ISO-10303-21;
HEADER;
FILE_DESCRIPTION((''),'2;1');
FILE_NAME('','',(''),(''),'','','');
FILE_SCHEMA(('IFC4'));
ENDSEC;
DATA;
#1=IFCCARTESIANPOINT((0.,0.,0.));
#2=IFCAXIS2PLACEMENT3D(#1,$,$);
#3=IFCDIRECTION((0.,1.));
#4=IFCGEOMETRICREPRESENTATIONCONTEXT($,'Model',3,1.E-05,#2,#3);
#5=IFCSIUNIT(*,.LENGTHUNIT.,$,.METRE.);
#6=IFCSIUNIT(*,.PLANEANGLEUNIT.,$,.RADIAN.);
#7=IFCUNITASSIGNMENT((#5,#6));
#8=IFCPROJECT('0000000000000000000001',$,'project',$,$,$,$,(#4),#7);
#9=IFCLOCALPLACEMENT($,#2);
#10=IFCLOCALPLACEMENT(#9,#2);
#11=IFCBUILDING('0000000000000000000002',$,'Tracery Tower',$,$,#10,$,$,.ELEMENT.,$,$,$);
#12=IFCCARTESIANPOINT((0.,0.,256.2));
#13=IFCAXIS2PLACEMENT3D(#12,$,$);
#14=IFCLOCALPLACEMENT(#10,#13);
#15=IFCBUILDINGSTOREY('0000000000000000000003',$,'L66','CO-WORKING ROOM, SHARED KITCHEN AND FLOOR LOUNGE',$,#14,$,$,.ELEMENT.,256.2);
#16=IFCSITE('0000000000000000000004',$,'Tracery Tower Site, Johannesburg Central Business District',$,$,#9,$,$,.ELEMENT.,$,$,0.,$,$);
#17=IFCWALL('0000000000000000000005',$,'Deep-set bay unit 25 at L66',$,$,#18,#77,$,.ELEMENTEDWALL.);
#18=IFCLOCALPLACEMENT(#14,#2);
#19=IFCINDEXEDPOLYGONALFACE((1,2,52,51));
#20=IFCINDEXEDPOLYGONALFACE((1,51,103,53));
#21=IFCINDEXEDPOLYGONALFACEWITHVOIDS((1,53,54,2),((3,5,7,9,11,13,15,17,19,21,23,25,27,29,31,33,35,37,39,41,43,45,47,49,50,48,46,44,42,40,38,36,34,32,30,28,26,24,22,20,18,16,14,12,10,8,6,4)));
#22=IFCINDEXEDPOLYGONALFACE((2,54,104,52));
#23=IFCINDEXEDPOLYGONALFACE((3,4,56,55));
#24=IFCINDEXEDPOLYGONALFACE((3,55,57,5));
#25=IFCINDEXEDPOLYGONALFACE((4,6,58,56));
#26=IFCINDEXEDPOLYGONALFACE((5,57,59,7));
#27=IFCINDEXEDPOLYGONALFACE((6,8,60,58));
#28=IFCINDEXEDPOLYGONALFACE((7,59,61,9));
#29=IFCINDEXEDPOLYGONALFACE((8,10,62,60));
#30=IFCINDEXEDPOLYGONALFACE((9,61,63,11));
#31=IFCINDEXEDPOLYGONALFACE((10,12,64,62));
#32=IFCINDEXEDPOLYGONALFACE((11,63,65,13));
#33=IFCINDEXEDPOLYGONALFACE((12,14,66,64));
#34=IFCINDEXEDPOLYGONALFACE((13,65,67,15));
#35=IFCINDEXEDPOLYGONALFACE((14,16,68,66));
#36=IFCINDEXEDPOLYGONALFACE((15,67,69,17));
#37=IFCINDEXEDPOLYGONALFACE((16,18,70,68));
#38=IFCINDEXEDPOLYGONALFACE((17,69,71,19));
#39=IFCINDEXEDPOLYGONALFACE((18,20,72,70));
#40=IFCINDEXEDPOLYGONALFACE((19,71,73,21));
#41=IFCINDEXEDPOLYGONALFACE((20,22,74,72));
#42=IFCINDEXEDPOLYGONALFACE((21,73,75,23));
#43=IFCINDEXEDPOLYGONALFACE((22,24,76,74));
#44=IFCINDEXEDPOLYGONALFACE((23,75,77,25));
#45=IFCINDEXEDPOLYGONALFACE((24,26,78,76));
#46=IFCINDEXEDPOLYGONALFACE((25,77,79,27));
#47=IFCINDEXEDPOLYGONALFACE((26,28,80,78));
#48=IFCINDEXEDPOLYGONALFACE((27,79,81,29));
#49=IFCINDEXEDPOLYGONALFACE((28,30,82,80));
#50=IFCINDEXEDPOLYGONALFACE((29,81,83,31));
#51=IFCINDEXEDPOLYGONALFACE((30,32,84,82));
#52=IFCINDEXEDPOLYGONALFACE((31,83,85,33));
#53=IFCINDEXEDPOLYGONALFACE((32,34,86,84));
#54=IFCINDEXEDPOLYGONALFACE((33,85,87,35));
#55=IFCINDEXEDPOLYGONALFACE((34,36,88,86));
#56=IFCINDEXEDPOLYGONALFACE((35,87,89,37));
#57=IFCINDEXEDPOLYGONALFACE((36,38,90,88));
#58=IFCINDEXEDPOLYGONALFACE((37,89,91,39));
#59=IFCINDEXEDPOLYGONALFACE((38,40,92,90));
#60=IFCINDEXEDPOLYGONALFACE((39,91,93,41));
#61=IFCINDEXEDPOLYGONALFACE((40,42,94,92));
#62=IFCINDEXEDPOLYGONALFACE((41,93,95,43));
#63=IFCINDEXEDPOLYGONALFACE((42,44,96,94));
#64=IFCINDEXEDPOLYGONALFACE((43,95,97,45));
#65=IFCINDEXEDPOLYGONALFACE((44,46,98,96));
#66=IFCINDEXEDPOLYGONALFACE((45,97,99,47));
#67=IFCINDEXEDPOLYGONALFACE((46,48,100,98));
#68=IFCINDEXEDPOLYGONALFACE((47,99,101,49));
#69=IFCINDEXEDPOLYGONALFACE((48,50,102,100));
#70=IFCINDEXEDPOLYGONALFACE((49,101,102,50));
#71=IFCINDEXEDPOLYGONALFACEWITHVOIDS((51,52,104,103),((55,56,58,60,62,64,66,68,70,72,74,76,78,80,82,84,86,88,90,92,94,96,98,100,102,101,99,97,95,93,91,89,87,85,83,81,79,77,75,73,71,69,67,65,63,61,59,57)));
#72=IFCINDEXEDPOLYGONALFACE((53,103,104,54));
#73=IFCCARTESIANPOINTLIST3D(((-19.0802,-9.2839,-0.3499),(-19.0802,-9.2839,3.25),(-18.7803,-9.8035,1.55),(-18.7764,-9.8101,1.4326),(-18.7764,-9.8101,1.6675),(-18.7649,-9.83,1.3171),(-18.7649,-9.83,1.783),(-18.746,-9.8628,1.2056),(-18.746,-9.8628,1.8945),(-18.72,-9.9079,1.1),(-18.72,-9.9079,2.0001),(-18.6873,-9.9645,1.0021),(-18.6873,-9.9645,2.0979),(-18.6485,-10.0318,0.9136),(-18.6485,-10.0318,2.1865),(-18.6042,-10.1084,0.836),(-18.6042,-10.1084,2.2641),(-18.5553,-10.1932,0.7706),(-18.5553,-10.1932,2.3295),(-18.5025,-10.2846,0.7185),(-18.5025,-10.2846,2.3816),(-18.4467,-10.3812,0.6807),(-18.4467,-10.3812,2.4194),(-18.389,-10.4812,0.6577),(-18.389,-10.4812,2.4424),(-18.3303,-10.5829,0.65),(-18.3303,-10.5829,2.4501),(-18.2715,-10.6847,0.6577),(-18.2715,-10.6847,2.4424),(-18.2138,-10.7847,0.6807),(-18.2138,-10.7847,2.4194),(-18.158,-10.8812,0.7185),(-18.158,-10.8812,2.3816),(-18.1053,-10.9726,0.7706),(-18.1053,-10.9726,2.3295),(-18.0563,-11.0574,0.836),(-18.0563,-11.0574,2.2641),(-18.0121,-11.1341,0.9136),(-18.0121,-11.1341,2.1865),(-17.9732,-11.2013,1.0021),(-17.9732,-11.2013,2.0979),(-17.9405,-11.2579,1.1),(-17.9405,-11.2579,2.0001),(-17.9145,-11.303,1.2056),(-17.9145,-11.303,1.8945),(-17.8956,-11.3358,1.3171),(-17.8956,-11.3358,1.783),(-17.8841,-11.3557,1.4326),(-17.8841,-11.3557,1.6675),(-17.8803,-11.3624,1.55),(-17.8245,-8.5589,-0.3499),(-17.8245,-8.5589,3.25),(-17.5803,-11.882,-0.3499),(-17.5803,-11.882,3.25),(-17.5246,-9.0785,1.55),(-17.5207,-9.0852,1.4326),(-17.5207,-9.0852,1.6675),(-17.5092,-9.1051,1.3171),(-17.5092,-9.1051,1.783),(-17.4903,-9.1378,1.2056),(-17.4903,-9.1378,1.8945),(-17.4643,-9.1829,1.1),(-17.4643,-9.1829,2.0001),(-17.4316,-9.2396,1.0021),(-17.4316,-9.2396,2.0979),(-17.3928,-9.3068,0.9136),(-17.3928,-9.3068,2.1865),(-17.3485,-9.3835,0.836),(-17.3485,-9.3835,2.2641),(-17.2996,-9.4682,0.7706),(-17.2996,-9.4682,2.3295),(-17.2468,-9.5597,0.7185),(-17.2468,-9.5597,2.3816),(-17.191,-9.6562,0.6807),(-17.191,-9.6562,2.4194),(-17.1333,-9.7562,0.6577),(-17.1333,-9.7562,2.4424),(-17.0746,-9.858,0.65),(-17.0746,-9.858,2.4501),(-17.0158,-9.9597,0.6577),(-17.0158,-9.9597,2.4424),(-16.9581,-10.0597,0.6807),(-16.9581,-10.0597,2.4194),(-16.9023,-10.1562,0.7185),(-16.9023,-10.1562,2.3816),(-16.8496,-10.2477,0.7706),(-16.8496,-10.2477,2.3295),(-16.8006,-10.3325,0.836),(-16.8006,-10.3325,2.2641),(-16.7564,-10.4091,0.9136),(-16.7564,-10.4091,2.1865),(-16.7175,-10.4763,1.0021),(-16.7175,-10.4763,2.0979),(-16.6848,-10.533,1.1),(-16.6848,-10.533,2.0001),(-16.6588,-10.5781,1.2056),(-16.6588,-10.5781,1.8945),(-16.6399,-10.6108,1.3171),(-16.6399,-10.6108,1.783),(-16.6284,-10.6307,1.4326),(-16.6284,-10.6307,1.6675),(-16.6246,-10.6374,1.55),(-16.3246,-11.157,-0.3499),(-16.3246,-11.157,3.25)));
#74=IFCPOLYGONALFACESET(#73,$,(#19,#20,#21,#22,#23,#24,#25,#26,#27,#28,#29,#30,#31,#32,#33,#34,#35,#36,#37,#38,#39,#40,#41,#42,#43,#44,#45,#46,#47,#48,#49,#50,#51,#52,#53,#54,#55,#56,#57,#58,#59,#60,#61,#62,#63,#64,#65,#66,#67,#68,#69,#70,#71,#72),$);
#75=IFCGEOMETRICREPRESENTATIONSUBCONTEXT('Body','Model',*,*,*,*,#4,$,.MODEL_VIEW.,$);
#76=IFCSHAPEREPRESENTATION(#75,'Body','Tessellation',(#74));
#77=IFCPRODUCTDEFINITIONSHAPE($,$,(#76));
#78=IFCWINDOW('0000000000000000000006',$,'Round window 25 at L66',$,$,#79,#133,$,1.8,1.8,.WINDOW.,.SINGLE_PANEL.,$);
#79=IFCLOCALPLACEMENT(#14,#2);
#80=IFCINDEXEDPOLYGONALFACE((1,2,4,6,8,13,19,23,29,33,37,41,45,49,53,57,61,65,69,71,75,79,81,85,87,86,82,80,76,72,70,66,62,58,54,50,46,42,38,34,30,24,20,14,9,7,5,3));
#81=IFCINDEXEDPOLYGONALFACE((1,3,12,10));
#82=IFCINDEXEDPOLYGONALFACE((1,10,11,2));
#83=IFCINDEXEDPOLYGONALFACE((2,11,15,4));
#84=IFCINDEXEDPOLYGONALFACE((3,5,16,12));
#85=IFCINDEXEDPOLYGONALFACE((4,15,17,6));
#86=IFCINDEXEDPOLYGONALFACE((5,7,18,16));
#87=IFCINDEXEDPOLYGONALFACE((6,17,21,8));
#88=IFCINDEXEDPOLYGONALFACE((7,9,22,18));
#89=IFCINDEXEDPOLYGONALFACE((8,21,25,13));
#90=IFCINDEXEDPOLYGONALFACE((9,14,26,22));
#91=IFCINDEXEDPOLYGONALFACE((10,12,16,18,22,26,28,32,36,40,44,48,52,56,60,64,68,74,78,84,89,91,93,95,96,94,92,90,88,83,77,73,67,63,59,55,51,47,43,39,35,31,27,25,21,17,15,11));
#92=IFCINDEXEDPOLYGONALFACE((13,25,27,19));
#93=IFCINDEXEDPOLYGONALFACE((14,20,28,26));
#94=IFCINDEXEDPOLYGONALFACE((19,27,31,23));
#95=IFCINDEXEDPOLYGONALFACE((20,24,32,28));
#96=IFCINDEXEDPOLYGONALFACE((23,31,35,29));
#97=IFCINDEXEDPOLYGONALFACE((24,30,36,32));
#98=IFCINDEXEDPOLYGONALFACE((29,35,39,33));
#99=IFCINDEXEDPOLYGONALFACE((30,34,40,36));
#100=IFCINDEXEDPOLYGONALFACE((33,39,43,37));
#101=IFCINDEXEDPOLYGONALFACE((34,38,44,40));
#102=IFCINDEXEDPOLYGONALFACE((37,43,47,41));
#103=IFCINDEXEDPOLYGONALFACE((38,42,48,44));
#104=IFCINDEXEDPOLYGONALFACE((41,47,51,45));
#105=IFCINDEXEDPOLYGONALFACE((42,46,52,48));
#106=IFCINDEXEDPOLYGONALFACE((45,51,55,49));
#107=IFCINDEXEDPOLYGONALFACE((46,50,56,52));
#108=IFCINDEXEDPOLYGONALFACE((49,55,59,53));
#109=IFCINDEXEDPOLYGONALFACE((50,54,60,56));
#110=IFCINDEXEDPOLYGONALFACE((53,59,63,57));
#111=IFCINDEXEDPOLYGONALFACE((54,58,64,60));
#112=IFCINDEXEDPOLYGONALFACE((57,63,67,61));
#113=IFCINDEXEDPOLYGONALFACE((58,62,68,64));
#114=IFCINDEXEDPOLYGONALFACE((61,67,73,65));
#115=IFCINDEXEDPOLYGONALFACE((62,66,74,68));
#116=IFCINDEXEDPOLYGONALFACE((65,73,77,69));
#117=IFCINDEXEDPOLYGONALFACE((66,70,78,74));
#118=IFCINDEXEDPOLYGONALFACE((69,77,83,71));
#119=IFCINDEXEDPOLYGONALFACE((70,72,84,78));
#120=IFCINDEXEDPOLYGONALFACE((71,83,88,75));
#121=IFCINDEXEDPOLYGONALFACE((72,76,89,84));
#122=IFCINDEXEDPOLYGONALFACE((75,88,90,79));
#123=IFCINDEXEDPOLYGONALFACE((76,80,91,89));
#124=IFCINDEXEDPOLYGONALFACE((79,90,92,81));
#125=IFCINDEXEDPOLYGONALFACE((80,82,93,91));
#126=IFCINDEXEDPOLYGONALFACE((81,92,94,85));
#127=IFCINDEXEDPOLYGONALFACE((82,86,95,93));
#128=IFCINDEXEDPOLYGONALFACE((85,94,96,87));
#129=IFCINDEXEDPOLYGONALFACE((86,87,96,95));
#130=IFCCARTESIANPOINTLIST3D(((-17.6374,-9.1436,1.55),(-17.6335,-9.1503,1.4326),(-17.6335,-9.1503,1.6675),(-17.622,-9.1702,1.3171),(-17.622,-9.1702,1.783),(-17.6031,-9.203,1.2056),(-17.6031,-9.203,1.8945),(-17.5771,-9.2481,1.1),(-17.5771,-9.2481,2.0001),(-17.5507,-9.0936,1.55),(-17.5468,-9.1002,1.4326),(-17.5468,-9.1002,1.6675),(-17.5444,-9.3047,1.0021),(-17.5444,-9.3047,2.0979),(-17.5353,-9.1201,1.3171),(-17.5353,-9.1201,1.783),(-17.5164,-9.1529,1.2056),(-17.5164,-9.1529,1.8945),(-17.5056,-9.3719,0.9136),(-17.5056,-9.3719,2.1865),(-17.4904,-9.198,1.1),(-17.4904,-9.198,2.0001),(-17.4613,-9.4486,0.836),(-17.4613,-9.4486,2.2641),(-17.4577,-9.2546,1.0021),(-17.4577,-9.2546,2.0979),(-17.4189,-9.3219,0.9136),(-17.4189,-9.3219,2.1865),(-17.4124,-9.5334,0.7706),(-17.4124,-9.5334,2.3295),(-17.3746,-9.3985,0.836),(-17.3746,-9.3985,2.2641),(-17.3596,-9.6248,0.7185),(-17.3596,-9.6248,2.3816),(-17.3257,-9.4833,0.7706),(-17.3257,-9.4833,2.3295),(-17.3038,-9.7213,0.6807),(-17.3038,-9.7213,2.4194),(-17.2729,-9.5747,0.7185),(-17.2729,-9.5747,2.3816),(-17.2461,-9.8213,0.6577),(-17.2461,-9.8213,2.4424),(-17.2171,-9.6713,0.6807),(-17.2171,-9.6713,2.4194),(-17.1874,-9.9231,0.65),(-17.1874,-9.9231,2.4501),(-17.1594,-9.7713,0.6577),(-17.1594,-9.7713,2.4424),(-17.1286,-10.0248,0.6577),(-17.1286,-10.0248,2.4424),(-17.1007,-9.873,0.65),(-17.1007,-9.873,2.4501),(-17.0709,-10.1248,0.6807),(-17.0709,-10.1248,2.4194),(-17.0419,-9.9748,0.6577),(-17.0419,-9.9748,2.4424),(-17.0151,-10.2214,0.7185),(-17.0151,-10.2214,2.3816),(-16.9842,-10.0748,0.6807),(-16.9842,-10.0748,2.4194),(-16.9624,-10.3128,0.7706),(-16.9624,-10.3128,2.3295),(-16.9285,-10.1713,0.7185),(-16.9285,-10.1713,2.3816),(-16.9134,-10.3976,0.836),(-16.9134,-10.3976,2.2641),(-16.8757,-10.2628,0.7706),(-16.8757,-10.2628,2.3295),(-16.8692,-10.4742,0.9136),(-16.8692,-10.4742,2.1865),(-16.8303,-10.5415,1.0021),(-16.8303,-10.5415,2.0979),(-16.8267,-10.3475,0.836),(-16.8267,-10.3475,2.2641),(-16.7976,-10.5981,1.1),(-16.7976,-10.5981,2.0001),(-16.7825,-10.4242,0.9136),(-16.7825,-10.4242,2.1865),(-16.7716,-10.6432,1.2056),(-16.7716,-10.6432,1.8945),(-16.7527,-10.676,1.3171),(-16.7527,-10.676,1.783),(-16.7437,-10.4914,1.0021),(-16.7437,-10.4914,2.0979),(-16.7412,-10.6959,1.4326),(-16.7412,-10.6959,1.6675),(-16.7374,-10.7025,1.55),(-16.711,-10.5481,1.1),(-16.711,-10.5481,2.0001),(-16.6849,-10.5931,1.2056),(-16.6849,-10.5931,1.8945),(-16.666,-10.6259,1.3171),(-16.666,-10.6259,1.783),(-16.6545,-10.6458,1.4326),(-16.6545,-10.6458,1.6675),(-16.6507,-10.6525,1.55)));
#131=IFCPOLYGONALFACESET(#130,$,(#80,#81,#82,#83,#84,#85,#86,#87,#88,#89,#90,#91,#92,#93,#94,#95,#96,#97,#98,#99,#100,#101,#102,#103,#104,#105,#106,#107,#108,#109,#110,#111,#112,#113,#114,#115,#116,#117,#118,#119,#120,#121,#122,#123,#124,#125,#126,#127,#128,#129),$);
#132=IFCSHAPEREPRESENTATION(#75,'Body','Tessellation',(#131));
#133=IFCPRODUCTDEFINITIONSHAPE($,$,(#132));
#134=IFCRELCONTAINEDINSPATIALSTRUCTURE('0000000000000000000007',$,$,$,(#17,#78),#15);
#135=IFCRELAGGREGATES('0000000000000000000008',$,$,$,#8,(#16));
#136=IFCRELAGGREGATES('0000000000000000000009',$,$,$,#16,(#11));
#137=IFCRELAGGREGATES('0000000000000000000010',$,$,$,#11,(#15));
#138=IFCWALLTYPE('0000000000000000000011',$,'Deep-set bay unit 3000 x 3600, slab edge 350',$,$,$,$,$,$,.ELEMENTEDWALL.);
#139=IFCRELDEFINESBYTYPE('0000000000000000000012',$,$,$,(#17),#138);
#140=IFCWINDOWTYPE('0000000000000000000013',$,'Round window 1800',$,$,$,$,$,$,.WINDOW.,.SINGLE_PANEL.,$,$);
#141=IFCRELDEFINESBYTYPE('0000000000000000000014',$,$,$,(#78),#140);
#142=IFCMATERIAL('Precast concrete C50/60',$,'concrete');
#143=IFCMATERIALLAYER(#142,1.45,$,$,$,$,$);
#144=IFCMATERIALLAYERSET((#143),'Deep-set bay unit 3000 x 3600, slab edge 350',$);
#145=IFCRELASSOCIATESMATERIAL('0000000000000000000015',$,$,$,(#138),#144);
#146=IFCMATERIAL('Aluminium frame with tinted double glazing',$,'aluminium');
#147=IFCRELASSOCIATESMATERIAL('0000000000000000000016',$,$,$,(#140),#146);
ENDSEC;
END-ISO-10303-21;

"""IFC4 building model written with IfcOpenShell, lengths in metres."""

from ifc_helpers import new_model, si_unit, direction, frame, frame_2d, origin, origin_2d, place, context, subcontext, project, spatial, rectangle, circle, extrude, material, layer, layer_set, type_object, element, fill, save


model = new_model("IFC4")

# Units and contexts
model_context = context("Model", 3, precision=1e-05, world=origin(), true_north=direction((0.0, 1.0)))
body_context = subcontext(model_context, "Body", "Model", "MODEL_VIEW")
ifc_project = project(units=[si_unit("LENGTHUNIT", "METRE"), si_unit("PLANEANGLEUNIT", "RADIAN")], contexts=[model_context])

# Site, building, storey
site_placement = place(None, origin())
site = spatial("IfcSite", under=ifc_project, at=site_placement, Name="Tracery Tower Site, Johannesburg Central Business District", CompositionType="ELEMENT", RefElevation=0.0)
building_placement = place(site_placement, origin())
building = spatial("IfcBuilding", under=site, at=building_placement, Name="Tracery Tower", CompositionType="ELEMENT")
storey_placement = place(building_placement, frame((0.0, 0.0, 256.2)))
storey = spatial("IfcBuildingStorey", under=building, at=storey_placement, Name="L66", Description="CO-WORKING ROOM, SHARED KITCHEN AND FLOOR LOUNGE", CompositionType="ELEMENT", Elevation=256.2)

# Wall, opening, window
ifc_material_1 = material(Name="Precast concrete C50/60", Category="concrete")
ifc_layer_1 = layer(ifc_material_1, 1.45)
ifc_layer_set_1 = layer_set([ifc_layer_1], Name="Deep-set bay unit 3000 x 3600, slab edge 350")
wall_type_1 = type_object("IfcWallType", Name="Deep-set bay unit 3000 x 3600, slab edge 350", PredefinedType="ELEMENTEDWALL", material=ifc_layer_set_1)
wall_1_placement = place(storey_placement, frame((-18.4524, -8.9214, -0.3499), z_axis=(0.0, 0.0, 1.0), x_axis=(0.49999, -0.866031, 0.0)))
wall_1 = element("IfcWall", 1, at=wall_1_placement, inside=storey, type_object=wall_type_1, Name="Deep-set bay unit 25 at L66", PredefinedType="ELEMENTEDWALL", context=body_context, shape_type="SweptSolid", body=[
    extrude(rectangle(XDim=3.0, YDim=1.45, at=frame_2d((1.5, 0.0))), origin(), (0.0, 0.0, 1.0), 3.5999),
])
opening_1_placement = place(wall_1_placement, frame((1.5, 0.0, 1.8999)))
opening_1 = element("IfcOpeningElement", 2, at=opening_1_placement, cuts=wall_1, PredefinedType="OPENING", context=body_context, shape_type="SweptSolid", body=[
    extrude(circle(Radius=0.9, at=origin_2d()), frame((0.0, 0.7349, 0.0), z_axis=(0.0, -1.0, 0.0), x_axis=(1.0, 0.0, 0.0)), (0.0, 0.0, 1.0), 1.47),
])
ifc_material_2 = material(Name="Aluminium frame with tinted double glazing", Category="aluminium")
window_type = type_object("IfcWindowType", Name="Round window 1800", PartitioningType="SINGLE_PANEL", PredefinedType="WINDOW", material=ifc_material_2)
window_1_placement = place(opening_1_placement, origin())
window_1 = element("IfcWindow", 3, at=window_1_placement, inside=storey, type_object=window_type, Name="Round window 25 at L66", OverallHeight=1.8, OverallWidth=1.8, PartitioningType="SINGLE_PANEL", PredefinedType="WINDOW", context=body_context, shape_type="SweptSolid", body=[
    extrude(circle(Radius=0.9, at=origin_2d()), frame((0.0, 0.6948, 0.0), z_axis=(0.0, -1.0, 0.0), x_axis=(1.0, 0.0, 0.0)), (0.0, 0.0, 1.0), 0.1001),
])
fill(opening_1, window_1)

save(model, "model.ifc")
